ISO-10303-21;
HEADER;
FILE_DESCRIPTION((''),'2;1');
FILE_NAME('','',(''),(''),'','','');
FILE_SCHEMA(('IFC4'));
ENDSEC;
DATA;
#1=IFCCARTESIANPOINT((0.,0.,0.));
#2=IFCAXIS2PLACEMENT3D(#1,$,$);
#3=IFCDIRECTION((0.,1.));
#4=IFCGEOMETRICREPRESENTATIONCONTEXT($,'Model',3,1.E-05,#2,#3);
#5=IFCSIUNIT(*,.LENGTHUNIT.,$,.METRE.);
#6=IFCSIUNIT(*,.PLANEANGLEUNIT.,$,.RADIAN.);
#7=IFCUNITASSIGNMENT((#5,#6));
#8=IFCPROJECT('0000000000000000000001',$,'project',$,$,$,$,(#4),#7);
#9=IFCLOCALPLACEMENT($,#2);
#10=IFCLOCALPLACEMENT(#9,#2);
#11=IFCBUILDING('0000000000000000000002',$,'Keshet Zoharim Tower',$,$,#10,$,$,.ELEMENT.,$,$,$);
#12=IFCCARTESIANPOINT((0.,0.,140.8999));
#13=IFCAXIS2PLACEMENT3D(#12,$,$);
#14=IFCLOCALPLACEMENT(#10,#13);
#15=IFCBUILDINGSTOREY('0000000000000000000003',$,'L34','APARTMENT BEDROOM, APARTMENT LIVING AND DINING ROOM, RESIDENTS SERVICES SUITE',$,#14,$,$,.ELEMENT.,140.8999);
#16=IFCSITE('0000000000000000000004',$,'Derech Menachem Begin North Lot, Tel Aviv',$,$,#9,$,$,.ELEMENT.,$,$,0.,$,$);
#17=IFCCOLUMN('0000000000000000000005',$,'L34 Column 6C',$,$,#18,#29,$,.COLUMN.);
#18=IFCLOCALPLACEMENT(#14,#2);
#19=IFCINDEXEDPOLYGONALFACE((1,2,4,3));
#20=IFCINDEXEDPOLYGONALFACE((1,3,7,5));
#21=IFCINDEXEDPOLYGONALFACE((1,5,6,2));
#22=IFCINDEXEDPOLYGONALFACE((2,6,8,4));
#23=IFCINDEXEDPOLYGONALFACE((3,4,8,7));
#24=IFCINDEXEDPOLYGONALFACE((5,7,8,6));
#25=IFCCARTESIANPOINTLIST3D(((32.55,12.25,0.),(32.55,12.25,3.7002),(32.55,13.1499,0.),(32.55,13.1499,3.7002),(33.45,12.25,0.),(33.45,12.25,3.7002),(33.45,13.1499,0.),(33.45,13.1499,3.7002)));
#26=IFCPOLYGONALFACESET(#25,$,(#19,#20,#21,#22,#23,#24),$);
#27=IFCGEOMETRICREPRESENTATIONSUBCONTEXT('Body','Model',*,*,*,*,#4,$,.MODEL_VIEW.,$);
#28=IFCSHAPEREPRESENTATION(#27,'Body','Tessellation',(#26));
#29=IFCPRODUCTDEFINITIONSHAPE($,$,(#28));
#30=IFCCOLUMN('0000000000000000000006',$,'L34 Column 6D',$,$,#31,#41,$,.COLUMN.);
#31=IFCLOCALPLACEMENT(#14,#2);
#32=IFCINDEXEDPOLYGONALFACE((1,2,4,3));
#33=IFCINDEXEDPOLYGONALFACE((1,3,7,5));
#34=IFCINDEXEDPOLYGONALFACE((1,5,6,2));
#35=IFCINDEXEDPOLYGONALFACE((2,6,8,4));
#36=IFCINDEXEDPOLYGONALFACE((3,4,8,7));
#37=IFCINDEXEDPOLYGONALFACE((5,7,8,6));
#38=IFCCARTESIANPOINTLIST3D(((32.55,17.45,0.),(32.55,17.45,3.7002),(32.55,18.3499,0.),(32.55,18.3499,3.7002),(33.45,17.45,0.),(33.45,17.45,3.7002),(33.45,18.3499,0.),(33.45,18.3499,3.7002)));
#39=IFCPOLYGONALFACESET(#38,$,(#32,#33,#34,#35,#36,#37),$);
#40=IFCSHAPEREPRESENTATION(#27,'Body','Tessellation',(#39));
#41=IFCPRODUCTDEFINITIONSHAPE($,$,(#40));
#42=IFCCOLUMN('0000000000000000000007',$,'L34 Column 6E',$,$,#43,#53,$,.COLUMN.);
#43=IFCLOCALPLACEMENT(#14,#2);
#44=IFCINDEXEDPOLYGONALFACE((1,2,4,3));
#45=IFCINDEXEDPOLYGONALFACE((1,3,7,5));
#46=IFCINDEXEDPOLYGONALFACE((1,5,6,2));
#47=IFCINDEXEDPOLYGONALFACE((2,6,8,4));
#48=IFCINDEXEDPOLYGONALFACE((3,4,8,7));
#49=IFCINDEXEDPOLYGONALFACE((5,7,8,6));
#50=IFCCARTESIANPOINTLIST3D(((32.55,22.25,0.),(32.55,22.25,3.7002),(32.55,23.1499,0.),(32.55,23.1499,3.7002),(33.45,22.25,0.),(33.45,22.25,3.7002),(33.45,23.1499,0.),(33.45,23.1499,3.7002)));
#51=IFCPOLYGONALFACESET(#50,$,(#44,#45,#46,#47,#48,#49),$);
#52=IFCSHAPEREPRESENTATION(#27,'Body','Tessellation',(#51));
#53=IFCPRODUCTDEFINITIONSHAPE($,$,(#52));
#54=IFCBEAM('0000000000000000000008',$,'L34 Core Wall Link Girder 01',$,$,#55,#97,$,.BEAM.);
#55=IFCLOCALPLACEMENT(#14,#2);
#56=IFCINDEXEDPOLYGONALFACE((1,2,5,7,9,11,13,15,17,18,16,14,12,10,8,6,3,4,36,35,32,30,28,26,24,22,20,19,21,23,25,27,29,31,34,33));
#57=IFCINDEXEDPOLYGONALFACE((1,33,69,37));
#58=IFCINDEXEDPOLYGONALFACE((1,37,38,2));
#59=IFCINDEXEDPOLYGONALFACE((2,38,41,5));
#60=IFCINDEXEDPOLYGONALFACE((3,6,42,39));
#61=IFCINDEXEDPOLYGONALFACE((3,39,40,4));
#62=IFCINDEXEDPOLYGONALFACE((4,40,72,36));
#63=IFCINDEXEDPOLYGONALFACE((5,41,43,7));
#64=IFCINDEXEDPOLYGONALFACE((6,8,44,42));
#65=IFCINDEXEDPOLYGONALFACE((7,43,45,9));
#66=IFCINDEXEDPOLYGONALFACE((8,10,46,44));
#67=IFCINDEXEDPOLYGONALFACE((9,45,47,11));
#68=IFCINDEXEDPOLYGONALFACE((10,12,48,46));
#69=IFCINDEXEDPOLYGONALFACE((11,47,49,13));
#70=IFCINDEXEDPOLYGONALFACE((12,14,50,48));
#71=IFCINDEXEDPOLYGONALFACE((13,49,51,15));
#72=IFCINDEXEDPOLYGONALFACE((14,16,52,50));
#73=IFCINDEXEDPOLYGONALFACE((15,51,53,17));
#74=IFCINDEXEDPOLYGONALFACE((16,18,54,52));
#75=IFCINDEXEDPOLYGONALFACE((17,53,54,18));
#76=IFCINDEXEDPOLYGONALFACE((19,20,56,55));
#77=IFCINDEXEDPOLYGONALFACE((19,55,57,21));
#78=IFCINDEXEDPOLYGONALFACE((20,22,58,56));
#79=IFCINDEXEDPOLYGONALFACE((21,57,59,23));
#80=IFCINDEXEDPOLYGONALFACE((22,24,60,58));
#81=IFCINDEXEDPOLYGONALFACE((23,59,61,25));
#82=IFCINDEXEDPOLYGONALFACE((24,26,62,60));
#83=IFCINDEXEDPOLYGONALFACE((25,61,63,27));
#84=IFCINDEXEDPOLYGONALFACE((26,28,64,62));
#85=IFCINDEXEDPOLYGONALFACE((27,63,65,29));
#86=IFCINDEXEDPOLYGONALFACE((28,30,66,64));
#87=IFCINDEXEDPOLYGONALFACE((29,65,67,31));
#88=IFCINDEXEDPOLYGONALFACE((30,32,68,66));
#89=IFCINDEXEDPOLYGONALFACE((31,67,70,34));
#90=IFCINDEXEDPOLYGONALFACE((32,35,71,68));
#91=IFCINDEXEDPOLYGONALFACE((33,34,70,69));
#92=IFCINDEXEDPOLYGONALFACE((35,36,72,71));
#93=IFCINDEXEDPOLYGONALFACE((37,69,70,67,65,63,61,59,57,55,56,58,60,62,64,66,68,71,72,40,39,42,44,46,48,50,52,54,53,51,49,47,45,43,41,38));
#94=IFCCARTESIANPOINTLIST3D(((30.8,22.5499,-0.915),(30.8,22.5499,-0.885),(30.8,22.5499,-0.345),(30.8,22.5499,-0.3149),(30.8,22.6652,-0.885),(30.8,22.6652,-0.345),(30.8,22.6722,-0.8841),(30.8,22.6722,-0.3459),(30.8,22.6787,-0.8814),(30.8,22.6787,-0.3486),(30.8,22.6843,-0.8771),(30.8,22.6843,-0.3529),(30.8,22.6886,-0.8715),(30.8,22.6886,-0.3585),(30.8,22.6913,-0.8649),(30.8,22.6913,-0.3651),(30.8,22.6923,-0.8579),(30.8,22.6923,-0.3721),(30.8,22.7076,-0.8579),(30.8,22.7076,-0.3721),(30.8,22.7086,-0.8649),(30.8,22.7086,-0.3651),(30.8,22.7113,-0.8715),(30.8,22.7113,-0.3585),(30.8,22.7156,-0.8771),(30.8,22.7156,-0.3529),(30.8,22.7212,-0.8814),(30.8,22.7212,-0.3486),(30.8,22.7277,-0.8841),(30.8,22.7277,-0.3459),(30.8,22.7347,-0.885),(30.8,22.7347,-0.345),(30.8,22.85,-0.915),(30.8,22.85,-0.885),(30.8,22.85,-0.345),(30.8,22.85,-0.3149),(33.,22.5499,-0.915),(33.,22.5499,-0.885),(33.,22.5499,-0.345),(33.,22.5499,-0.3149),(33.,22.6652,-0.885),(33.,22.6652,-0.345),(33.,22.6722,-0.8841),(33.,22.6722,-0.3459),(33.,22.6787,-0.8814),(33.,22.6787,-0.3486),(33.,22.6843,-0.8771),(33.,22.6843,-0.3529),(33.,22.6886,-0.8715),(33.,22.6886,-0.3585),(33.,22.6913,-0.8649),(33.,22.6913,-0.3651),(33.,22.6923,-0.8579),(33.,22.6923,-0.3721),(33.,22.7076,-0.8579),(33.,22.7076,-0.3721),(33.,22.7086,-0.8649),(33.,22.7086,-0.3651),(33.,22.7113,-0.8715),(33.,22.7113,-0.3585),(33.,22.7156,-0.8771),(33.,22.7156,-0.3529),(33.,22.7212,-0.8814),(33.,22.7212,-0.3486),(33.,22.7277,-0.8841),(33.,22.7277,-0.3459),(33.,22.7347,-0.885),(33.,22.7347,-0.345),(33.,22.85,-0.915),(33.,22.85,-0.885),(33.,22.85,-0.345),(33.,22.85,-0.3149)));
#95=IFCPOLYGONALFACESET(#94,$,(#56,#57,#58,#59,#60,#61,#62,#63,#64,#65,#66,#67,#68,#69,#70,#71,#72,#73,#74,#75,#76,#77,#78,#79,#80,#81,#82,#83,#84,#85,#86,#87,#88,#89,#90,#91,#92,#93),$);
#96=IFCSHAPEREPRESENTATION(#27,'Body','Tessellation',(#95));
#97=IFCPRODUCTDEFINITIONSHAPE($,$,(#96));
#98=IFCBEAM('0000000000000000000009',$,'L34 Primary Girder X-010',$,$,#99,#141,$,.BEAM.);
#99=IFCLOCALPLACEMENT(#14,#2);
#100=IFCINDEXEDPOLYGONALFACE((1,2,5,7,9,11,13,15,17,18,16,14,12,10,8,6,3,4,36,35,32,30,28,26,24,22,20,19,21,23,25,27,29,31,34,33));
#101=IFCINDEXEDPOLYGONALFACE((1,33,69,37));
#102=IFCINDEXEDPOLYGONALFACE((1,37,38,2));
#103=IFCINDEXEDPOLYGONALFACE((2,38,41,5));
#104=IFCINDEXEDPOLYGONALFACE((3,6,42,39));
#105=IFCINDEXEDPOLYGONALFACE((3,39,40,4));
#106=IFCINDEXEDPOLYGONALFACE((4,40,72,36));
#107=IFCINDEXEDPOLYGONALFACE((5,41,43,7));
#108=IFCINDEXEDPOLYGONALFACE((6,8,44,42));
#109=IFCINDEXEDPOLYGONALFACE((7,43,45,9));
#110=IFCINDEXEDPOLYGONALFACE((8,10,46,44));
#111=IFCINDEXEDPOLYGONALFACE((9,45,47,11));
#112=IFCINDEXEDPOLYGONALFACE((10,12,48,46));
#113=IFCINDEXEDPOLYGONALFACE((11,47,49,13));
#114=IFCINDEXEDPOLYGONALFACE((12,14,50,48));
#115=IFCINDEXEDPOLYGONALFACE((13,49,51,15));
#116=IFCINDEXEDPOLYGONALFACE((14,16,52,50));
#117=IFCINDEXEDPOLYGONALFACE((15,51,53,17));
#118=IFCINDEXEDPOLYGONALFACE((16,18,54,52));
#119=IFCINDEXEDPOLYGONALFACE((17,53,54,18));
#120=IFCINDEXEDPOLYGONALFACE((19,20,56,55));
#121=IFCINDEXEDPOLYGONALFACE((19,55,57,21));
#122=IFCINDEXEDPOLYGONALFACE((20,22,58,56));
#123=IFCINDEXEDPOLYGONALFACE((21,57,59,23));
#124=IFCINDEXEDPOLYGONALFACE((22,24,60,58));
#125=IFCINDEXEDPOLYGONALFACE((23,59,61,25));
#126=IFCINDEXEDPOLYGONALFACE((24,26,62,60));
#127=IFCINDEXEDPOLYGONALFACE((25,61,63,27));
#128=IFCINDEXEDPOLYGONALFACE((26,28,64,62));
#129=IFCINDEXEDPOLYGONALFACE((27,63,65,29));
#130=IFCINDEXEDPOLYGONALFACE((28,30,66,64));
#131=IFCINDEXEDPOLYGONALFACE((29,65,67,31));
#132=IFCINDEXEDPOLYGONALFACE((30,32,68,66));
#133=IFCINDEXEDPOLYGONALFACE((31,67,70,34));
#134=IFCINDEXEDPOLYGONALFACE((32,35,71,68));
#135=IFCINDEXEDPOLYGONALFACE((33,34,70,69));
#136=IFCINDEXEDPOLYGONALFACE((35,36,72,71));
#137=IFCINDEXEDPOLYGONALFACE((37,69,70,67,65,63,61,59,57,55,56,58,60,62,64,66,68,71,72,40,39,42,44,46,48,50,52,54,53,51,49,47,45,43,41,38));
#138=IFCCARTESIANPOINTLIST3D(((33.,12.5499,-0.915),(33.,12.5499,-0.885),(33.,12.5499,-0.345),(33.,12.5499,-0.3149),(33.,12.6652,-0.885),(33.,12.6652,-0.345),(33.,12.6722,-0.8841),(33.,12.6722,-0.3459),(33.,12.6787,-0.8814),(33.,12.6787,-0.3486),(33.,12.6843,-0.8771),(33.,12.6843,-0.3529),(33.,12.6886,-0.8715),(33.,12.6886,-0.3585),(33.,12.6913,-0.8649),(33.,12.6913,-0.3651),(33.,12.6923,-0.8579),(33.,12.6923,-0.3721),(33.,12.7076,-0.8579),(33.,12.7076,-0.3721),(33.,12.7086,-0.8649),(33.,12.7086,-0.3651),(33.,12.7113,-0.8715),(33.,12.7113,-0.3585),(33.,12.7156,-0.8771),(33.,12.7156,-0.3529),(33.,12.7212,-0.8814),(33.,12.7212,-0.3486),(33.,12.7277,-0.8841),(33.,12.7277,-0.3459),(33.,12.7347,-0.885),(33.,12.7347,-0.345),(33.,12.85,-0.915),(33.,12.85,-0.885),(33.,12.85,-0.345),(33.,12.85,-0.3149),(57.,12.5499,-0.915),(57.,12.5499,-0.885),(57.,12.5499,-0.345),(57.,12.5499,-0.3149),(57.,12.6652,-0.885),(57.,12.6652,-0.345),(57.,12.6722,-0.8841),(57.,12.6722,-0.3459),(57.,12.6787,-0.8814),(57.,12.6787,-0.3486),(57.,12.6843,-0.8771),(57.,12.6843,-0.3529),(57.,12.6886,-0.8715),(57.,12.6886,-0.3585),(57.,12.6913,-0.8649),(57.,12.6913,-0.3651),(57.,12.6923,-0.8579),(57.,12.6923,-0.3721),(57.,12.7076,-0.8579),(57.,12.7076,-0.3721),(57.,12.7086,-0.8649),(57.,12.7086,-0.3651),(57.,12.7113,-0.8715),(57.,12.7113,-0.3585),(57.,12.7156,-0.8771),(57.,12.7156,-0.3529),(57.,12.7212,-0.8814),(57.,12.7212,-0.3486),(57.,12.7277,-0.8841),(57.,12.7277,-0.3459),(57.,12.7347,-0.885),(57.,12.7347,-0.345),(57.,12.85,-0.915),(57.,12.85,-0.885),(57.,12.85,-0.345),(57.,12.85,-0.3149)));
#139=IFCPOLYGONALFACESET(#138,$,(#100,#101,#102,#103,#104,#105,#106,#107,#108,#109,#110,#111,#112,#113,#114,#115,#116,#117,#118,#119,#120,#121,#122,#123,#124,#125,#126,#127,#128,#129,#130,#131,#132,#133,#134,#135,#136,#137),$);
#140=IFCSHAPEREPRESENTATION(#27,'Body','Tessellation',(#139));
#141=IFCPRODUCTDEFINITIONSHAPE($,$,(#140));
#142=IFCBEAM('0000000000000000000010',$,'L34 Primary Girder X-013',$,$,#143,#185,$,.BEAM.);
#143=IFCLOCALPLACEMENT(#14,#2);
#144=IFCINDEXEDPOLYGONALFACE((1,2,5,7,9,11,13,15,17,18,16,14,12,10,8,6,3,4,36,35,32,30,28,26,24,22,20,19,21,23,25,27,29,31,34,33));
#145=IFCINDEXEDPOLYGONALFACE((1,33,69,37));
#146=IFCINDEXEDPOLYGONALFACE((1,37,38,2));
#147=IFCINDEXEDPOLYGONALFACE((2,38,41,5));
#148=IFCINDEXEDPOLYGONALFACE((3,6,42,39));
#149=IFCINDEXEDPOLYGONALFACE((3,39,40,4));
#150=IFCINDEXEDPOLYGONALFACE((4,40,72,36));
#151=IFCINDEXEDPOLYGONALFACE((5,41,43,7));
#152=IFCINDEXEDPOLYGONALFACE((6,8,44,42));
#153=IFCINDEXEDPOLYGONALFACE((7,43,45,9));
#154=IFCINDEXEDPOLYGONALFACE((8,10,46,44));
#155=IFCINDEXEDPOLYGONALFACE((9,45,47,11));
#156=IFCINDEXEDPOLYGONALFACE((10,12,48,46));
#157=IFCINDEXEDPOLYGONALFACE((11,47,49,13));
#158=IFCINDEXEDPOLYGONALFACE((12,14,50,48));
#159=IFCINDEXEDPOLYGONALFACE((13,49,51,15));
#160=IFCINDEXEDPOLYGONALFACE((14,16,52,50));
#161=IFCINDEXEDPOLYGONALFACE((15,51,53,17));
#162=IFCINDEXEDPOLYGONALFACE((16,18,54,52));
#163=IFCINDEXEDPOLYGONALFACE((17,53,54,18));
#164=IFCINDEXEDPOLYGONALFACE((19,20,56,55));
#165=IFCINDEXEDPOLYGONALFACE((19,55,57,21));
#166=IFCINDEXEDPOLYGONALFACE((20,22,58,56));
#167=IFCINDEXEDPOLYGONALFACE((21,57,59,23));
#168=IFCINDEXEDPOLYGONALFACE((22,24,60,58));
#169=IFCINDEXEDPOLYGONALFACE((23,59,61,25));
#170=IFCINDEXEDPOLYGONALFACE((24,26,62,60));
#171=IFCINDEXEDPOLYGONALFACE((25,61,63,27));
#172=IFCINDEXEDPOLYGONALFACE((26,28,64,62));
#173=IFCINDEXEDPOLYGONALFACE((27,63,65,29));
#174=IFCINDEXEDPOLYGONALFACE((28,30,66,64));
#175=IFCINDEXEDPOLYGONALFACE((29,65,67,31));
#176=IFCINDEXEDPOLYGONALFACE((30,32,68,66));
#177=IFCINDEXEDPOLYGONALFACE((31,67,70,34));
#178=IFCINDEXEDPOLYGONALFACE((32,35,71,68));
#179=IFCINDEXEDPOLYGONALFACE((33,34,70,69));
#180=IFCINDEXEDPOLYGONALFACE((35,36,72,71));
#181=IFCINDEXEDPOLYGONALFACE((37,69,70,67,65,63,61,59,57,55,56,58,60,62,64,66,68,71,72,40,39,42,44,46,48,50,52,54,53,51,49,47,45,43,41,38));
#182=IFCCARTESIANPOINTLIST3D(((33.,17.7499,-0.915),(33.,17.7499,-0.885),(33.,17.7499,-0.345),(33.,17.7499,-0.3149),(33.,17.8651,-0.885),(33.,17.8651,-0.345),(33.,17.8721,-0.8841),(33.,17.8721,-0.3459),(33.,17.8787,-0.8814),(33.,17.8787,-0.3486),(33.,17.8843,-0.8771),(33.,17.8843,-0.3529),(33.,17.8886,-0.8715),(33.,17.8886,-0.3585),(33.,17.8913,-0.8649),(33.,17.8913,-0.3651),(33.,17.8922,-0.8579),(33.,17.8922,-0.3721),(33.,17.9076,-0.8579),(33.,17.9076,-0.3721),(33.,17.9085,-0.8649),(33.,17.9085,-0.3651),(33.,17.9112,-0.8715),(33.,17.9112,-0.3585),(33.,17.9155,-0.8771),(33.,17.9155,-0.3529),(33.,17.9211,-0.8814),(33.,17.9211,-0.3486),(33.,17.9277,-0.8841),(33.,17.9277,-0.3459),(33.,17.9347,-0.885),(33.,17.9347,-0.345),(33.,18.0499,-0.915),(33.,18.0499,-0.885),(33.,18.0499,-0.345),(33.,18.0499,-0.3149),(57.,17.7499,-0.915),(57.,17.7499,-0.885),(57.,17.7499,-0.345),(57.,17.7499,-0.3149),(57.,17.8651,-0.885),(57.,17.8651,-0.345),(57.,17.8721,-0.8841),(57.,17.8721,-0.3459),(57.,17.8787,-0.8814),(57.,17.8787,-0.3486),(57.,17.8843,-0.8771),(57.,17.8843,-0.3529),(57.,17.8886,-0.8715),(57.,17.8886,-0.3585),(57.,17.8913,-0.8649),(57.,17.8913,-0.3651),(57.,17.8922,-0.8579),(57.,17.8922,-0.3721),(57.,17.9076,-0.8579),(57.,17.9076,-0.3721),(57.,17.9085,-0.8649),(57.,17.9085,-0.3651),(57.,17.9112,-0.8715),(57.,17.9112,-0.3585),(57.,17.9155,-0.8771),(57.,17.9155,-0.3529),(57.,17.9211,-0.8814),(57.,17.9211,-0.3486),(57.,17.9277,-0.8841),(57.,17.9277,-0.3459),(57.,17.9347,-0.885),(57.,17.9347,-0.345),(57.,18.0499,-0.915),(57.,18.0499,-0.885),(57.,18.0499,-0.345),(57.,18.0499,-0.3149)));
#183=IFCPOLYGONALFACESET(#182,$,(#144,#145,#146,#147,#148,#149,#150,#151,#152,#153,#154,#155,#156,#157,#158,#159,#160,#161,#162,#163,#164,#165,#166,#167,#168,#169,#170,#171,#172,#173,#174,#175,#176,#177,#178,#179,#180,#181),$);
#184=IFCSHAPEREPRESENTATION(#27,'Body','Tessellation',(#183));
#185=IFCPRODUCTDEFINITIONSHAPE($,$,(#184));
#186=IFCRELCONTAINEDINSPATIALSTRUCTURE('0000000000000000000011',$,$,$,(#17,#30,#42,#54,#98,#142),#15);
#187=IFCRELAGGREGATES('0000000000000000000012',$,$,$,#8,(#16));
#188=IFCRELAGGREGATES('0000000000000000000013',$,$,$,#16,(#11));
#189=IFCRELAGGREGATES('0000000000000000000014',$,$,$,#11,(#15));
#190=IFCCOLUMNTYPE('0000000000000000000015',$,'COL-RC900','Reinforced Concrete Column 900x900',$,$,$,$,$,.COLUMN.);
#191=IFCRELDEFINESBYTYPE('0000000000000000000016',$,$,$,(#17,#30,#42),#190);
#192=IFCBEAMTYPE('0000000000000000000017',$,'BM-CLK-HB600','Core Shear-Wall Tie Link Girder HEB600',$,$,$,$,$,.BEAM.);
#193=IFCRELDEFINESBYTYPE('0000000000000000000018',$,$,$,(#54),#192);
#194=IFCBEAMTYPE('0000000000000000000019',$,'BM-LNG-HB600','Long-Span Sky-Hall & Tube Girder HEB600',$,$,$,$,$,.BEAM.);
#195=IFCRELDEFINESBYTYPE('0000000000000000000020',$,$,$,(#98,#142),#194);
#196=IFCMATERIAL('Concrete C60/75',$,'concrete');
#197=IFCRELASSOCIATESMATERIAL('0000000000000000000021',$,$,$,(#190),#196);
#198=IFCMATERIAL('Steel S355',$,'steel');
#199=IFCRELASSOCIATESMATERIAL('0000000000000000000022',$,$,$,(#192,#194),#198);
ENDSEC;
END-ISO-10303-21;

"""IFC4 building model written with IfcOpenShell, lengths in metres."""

from ifc_helpers import new_model, si_unit, direction, frame, origin, origin_2d, place, context, subcontext, project, spatial, rectangle, i_section, extrude, material, material_profile, profile_set, type_object, element, save


model = new_model("IFC4")

# Units and contexts
model_context = context("Model", 3, precision=1e-05, world=origin(), true_north=direction((0.0, 1.0)))
body_context = subcontext(model_context, "Body", "Model", "MODEL_VIEW")
ifc_project = project(units=[si_unit("LENGTHUNIT", "METRE"), si_unit("PLANEANGLEUNIT", "RADIAN")], contexts=[model_context])

# Site, building, storey
site_placement = place(None, origin())
site = spatial("IfcSite", under=ifc_project, at=site_placement, Name="Derech Menachem Begin North Lot, Tel Aviv", CompositionType="ELEMENT", RefElevation=0.0)
building_placement = place(site_placement, origin())
building = spatial("IfcBuilding", under=site, at=building_placement, Name="Keshet Zoharim Tower", CompositionType="ELEMENT")
storey_placement = place(building_placement, frame((0.0, 0.0, 140.8999)))
storey = spatial("IfcBuildingStorey", under=building, at=storey_placement, Name="L34", Description="APARTMENT BEDROOM, APARTMENT LIVING AND DINING ROOM, RESIDENTS SERVICES SUITE", CompositionType="ELEMENT", Elevation=140.8999)

# Columns
ifc_material_1 = material(Name="Concrete C60/75", Category="concrete")
ifc_material_profile_1 = material_profile(ifc_material_1, rectangle(XDim=0.8999, YDim=0.8999, at=origin_2d()), Name="RC900x900")
ifc_profile_set_1 = profile_set([ifc_material_profile_1], Name="Concrete C60/75")
column_type = type_object("IfcColumnType", Name="COL-RC900", Description="Reinforced Concrete Column 900x900", PredefinedType="COLUMN", material=ifc_profile_set_1)
for number, where, z_axis, x_axis, name in (
    (1, (33.0, 12.7, 0.0), (0.0, 0.0, 1.0), (1.0, 0.0, 0.0), "L34 Column 6C"),
    (2, (33.0, 17.8999, 0.0), (0.0, 0.0, 1.0), (1.0, 0.0, 0.0), "L34 Column 6D"),
    (3, (33.0, 22.7, 0.0), (0.0, 0.0, 1.0), (1.0, 0.0, 0.0), "L34 Column 6E"),
):
    element("IfcColumn", number, at=place(storey_placement, frame(where, z_axis=z_axis, x_axis=x_axis)), inside=storey, type_object=column_type, Name=name, PredefinedType="COLUMN", context=body_context, shape_type="SweptSolid", body=[
        extrude(rectangle(XDim=0.8999, YDim=0.8999, at=origin_2d()), origin(), (0.0, 0.0, 1.0), 3.7002),
    ])

# Beams
ifc_material_2 = material(Name="Steel S355", Category="steel")
ifc_material_profile_2 = material_profile(ifc_material_2, i_section(OverallWidth=0.3, OverallDepth=0.6001, WebThickness=0.0154, FlangeThickness=0.03, FilletRadius=0.0271, at=origin_2d()), Name="HEB600")
ifc_profile_set_2 = profile_set([ifc_material_profile_2], Name="Steel S355")
beam_type_1 = type_object("IfcBeamType", Name="BM-CLK-HB600", Description="Core Shear-Wall Tie Link Girder HEB600", PredefinedType="BEAM", material=ifc_profile_set_2)
beam_1_placement = place(storey_placement, frame((30.8, 22.7, -0.615), z_axis=(1.0, 0.0, 0.0), x_axis=(0.0, 1.0, 0.0)))
element("IfcBeam", 4, at=beam_1_placement, inside=storey, type_object=beam_type_1, Name="L34 Core Wall Link Girder 01", PredefinedType="BEAM", context=body_context, shape_type="SweptSolid", body=[
    extrude(i_section(OverallWidth=0.3, OverallDepth=0.6001, WebThickness=0.0154, FlangeThickness=0.03, FilletRadius=0.0271, at=origin_2d()), origin(), (0.0, 0.0, 1.0), 2.2),
])
ifc_material_profile_3 = material_profile(ifc_material_2, i_section(OverallWidth=0.3, OverallDepth=0.6001, WebThickness=0.0154, FlangeThickness=0.03, FilletRadius=0.0271, at=origin_2d()), Name="HEB600")
ifc_profile_set_3 = profile_set([ifc_material_profile_3], Name="Steel S355")
beam_type_2 = type_object("IfcBeamType", Name="BM-LNG-HB600", Description="Long-Span Sky-Hall & Tube Girder HEB600", PredefinedType="BEAM", material=ifc_profile_set_3)
for number, where, z_axis, x_axis, name in (
    (5, (33.0, 12.7, -0.615), (1.0, 0.0, 0.0), (0.0, 1.0, 0.0), "L34 Primary Girder X-010"),
    (6, (33.0, 17.8999, -0.615), (1.0, 0.0, 0.0), (0.0, 1.0, 0.0), "L34 Primary Girder X-013"),
):
    element("IfcBeam", number, at=place(storey_placement, frame(where, z_axis=z_axis, x_axis=x_axis)), inside=storey, type_object=beam_type_2, Name=name, PredefinedType="BEAM", context=body_context, shape_type="SweptSolid", body=[
        extrude(i_section(OverallWidth=0.3, OverallDepth=0.6001, WebThickness=0.0154, FlangeThickness=0.03, FilletRadius=0.0271, at=origin_2d()), origin(), (0.0, 0.0, 1.0), 24.0),
    ])

save(model, "model.ifc")
